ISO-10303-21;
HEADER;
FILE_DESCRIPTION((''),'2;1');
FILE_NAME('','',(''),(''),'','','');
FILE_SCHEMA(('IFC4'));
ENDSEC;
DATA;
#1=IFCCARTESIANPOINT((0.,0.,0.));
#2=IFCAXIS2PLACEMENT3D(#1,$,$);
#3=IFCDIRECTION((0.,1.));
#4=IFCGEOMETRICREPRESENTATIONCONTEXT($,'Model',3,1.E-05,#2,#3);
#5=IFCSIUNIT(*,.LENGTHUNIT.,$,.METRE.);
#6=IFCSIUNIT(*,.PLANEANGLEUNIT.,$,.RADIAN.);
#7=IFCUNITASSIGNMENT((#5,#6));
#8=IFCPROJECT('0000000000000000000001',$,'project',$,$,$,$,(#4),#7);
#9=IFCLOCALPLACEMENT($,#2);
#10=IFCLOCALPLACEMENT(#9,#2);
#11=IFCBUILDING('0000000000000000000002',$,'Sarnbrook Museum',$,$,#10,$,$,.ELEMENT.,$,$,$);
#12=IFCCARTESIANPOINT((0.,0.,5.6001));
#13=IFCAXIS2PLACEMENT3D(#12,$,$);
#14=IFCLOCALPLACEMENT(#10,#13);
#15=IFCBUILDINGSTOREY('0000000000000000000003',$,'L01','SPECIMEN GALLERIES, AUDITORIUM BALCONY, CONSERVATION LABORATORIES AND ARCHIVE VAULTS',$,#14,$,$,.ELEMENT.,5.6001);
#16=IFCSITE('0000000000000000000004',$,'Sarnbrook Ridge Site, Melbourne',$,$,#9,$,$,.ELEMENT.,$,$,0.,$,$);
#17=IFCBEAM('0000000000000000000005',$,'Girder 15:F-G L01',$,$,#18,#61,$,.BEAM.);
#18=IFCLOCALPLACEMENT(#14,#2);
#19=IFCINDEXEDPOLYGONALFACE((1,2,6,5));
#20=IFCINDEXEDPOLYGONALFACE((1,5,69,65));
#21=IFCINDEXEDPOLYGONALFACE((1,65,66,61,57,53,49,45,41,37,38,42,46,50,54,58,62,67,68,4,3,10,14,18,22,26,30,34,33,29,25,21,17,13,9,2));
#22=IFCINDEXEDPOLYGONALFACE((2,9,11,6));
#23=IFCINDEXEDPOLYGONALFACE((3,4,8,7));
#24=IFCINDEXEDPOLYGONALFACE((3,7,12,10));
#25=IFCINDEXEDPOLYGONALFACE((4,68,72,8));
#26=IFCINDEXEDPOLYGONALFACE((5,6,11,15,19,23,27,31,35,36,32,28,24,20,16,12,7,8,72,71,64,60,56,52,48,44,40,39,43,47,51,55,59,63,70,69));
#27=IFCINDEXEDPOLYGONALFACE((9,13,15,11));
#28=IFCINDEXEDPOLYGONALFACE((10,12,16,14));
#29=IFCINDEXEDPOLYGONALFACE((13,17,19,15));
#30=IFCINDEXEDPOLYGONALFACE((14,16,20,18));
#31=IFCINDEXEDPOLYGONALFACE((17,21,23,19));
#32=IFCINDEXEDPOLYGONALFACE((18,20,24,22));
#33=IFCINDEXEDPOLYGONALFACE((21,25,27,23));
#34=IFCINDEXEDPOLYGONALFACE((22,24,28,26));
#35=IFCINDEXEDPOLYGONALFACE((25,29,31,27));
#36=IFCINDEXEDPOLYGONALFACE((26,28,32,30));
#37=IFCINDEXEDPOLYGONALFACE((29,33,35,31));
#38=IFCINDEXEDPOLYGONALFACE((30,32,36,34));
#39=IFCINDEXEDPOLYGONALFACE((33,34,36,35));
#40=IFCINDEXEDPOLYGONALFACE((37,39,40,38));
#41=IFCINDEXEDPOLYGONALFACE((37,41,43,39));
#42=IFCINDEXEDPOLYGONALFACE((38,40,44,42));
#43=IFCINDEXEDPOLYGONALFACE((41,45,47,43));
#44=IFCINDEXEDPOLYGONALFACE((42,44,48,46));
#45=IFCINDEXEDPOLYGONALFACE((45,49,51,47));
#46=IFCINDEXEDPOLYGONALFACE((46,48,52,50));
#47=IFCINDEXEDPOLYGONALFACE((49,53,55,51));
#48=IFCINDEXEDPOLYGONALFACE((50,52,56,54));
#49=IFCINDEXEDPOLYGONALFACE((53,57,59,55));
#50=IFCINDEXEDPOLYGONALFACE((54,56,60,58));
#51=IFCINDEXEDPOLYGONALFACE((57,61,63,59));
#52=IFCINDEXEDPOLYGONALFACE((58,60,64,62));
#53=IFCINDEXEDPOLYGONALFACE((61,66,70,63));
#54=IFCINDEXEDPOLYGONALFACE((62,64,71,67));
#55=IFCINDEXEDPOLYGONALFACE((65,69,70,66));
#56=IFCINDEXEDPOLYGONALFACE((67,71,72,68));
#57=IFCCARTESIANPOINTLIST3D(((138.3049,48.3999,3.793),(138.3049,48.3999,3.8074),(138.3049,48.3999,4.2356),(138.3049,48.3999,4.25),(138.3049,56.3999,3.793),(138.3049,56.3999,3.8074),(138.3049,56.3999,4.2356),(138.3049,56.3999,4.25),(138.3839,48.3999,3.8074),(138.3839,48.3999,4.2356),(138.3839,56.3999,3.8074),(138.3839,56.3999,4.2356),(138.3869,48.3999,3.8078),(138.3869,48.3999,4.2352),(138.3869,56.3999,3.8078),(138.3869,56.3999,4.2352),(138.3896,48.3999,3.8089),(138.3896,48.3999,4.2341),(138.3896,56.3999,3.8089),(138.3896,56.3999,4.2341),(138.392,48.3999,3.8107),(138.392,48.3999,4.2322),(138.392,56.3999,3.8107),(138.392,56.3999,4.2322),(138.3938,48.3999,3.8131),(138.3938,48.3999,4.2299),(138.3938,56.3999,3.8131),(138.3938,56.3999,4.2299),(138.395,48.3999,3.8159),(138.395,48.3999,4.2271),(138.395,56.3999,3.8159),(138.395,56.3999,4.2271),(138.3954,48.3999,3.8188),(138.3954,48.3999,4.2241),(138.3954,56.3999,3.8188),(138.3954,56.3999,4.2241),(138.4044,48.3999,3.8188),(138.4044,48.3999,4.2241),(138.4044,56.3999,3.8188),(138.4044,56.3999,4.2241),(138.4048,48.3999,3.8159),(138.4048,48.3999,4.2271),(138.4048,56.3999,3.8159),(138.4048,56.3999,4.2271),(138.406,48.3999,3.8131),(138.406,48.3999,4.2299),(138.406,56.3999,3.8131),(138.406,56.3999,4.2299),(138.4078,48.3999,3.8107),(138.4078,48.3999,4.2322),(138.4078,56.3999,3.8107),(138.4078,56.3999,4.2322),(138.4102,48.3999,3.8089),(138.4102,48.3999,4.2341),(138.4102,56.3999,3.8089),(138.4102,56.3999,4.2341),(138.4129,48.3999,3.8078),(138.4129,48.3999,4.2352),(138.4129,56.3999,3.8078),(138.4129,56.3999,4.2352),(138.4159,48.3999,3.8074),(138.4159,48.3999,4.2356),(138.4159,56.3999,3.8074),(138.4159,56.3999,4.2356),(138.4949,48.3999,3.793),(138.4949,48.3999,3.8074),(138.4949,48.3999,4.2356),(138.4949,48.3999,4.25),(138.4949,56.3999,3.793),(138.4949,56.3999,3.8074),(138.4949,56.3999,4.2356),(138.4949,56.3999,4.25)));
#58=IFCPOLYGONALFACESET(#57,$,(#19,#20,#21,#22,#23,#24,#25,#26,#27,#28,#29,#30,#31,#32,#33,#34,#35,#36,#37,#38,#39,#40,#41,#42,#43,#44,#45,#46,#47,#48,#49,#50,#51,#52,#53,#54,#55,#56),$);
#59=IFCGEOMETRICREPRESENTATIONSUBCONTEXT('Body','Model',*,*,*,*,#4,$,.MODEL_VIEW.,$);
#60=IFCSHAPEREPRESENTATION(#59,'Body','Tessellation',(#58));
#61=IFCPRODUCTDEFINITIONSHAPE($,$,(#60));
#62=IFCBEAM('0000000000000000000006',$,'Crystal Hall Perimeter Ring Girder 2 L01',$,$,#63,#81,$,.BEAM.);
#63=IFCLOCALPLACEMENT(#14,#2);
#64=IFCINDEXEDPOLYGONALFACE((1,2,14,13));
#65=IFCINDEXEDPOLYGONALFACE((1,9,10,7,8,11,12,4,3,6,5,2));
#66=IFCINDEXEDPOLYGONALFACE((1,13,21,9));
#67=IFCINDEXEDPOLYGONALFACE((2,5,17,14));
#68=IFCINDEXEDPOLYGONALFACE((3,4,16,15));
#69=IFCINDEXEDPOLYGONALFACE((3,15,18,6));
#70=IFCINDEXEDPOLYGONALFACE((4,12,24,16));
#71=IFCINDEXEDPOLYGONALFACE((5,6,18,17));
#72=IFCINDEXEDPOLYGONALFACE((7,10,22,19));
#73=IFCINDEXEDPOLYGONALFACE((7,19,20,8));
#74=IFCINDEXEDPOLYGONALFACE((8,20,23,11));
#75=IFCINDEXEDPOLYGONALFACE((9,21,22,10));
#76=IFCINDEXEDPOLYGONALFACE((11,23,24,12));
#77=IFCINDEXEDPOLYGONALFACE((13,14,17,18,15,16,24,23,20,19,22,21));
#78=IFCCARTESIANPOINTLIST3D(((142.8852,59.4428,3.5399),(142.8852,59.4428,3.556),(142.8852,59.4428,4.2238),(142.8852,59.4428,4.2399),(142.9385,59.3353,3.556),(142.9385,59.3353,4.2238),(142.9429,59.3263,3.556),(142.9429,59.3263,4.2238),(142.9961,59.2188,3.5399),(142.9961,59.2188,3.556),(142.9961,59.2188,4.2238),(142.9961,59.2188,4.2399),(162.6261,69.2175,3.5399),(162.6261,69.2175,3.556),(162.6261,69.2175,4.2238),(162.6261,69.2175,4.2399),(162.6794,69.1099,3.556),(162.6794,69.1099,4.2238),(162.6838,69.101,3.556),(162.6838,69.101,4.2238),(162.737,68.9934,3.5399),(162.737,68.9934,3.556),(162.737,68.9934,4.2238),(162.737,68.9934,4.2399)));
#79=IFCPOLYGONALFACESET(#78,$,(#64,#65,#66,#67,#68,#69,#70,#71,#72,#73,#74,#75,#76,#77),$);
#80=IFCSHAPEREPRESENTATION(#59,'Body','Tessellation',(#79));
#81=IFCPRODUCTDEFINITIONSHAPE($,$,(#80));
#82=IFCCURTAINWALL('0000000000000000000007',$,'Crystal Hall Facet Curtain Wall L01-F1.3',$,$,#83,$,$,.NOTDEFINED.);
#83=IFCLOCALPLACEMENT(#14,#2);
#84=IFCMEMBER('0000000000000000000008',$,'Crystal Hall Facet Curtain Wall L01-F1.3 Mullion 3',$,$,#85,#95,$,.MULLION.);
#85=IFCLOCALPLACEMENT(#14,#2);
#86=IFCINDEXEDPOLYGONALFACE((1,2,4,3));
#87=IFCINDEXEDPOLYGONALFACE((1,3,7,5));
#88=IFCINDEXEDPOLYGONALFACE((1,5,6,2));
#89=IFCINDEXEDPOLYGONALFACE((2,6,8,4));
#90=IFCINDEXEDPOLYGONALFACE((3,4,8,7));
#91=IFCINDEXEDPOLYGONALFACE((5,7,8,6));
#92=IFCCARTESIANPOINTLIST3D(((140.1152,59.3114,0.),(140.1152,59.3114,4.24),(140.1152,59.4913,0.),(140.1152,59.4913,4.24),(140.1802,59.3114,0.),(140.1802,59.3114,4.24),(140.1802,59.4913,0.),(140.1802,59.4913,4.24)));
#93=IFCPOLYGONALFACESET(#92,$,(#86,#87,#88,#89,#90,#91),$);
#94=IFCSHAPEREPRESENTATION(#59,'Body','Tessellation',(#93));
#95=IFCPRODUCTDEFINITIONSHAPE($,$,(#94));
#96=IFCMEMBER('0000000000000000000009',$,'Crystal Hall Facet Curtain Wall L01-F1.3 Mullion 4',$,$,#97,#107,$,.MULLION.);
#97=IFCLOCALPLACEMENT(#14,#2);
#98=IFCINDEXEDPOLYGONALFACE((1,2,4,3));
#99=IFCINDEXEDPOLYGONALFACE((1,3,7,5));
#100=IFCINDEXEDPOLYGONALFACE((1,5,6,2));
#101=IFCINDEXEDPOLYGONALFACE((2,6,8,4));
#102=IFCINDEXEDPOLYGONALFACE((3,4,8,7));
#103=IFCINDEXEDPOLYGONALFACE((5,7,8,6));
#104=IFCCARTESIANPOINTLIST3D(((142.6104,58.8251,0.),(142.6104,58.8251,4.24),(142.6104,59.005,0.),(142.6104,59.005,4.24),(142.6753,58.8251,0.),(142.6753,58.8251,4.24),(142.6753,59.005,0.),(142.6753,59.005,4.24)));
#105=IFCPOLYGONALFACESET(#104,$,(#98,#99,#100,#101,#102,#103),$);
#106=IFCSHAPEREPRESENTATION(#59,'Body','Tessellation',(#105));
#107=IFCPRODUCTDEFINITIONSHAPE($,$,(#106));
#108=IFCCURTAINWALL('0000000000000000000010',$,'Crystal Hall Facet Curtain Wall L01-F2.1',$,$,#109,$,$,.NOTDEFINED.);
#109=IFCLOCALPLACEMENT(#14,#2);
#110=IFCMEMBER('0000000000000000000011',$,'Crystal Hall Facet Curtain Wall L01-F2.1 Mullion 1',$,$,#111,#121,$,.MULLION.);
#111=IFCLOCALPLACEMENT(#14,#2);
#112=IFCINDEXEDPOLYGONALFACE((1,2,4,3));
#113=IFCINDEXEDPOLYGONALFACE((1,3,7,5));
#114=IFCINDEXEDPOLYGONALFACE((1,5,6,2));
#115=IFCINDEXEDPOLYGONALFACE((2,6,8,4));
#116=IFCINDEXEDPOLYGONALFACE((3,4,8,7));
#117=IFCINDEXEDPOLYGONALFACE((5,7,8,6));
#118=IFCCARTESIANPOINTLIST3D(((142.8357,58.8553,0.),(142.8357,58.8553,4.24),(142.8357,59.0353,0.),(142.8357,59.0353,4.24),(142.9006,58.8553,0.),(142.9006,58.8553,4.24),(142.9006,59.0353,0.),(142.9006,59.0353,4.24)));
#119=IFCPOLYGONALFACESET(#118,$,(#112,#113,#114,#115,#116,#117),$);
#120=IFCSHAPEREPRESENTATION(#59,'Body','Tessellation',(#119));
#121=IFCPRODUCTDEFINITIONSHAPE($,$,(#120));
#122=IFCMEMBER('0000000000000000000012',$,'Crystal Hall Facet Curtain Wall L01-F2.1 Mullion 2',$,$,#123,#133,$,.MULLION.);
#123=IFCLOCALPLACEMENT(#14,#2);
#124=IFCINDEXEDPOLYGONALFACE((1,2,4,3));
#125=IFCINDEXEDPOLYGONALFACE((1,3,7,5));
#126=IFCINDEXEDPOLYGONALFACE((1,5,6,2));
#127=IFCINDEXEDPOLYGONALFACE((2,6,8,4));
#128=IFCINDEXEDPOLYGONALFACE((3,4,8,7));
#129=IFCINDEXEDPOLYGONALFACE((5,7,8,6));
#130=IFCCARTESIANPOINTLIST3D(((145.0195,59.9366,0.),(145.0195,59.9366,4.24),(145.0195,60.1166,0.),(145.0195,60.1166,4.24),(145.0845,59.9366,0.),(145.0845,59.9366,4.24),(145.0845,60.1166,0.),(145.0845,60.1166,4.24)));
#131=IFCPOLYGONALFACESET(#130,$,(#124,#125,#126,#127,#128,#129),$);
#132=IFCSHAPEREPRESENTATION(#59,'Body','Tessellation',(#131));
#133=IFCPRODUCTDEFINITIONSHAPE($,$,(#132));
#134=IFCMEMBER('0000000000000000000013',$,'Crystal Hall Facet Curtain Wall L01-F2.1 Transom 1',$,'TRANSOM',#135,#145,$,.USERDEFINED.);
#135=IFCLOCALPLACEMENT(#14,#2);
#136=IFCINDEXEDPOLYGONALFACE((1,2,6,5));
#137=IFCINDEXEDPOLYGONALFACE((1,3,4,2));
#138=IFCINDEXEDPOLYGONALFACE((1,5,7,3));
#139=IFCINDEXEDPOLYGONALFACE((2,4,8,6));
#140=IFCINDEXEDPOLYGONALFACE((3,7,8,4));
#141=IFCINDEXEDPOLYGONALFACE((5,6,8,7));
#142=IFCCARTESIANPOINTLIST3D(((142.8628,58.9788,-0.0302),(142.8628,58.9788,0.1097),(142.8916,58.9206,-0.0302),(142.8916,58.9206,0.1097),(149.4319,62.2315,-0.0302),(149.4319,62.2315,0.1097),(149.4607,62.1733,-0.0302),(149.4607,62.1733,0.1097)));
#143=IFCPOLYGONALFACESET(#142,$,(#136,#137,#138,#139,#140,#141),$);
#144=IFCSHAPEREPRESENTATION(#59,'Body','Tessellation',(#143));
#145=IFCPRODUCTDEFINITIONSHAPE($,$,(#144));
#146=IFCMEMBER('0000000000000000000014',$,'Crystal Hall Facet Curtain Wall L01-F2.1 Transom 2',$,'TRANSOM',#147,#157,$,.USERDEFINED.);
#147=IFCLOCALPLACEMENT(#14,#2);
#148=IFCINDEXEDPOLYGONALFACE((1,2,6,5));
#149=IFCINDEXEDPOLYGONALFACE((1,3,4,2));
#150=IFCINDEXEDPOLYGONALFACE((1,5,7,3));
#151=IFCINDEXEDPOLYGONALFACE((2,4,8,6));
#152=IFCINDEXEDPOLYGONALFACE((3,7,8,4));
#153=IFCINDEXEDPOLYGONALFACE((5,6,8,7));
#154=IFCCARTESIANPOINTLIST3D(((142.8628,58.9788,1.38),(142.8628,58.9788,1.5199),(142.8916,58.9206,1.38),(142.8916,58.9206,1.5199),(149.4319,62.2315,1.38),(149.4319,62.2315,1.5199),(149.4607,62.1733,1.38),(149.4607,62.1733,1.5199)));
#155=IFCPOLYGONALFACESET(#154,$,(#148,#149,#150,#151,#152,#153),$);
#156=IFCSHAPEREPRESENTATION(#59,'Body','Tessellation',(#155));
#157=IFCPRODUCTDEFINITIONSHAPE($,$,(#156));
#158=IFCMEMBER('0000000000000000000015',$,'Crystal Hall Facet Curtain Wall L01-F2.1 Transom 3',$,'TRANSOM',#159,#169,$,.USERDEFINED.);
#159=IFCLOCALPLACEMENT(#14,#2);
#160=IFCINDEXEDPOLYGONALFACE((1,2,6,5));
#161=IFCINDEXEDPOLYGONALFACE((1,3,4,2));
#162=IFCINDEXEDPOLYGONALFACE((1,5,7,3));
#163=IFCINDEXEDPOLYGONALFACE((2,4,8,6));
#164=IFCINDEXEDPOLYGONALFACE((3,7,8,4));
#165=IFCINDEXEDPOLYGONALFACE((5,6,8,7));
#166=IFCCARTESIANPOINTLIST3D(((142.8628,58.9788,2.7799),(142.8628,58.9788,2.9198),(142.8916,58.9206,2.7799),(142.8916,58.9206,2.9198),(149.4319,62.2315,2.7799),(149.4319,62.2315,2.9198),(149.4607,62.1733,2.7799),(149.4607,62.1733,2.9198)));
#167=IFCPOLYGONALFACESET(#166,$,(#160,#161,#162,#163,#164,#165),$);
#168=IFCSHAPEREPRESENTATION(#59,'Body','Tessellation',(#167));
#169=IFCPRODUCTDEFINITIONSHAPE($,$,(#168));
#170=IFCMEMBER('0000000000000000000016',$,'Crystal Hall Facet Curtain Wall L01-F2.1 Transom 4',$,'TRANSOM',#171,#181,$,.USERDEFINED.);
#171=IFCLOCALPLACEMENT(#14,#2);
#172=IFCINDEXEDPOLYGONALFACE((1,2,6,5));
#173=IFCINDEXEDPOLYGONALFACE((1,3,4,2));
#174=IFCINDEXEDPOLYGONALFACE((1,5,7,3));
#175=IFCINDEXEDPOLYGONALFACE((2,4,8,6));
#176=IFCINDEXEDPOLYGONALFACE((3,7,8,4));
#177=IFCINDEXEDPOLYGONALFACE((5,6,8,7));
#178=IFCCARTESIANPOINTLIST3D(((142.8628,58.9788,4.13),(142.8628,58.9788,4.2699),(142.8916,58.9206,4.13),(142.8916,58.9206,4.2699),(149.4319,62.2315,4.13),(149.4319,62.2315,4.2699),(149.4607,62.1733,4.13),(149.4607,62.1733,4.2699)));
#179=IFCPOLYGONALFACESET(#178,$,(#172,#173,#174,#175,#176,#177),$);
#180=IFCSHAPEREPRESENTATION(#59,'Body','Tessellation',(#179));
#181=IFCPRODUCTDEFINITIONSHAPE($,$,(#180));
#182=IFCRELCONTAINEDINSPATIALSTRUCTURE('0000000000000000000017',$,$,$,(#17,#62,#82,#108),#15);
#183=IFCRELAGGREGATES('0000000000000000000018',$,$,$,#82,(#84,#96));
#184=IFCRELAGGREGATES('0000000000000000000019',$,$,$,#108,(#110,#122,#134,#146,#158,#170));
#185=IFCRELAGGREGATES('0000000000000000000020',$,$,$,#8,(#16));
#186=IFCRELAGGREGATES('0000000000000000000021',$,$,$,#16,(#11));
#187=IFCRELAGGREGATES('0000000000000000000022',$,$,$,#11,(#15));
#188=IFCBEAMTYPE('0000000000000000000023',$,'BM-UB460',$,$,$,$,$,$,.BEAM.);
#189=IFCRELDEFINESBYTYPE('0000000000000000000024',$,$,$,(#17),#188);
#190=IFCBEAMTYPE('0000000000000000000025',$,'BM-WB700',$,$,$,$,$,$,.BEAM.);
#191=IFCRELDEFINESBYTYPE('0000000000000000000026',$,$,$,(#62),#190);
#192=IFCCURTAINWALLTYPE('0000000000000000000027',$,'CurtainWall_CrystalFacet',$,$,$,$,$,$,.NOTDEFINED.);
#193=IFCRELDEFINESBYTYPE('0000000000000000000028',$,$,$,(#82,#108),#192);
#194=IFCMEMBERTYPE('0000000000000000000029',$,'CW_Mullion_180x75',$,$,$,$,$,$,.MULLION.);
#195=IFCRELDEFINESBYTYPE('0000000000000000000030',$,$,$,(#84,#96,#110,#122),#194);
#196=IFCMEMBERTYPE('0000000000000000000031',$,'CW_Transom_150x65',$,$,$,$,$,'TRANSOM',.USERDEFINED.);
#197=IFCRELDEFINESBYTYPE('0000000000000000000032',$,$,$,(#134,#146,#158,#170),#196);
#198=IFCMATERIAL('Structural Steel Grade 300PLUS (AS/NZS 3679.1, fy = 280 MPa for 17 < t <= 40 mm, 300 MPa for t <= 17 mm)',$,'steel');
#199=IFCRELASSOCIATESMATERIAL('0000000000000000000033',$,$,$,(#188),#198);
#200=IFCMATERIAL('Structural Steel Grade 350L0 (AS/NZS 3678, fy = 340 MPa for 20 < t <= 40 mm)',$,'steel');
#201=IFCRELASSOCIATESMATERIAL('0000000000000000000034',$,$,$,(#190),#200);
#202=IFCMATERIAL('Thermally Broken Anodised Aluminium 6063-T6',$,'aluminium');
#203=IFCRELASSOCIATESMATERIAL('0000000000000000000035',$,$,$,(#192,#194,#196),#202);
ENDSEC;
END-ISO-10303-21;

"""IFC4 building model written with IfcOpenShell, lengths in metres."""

from ifc_helpers import new_model, si_unit, direction, frame, origin, origin_2d, place, context, subcontext, project, spatial, rectangle, i_section, extrude, material, material_profile, profile_set, type_object, element, aggregate, save


model = new_model("IFC4")

# Units and contexts
model_context = context("Model", 3, precision=1e-05, world=origin(), true_north=direction((0.0, 1.0)))
body_context = subcontext(model_context, "Body", "Model", "MODEL_VIEW")
ifc_project = project(units=[si_unit("LENGTHUNIT", "METRE"), si_unit("PLANEANGLEUNIT", "RADIAN")], contexts=[model_context])

# Site, building, storey
site_placement = place(None, origin())
site = spatial("IfcSite", under=ifc_project, at=site_placement, Name="Sarnbrook Ridge Site, Melbourne", CompositionType="ELEMENT", RefElevation=0.0)
building_placement = place(site_placement, origin())
building = spatial("IfcBuilding", under=site, at=building_placement, Name="Sarnbrook Museum", CompositionType="ELEMENT")
storey_placement = place(building_placement, frame((0.0, 0.0, 5.6001)))
storey = spatial("IfcBuildingStorey", under=building, at=storey_placement, Name="L01", Description="SPECIMEN GALLERIES, AUDITORIUM BALCONY, CONSERVATION LABORATORIES AND ARCHIVE VAULTS", CompositionType="ELEMENT", Elevation=5.6001)

# Shared definitions
ifc_material_1 = material(Name="Structural Steel Grade 350L0 (AS/NZS 3678, fy = 340 MPa for 20 < t <= 40 mm)", Category="steel")

# Beams
ifc_material_2 = material(Name="Structural Steel Grade 300PLUS (AS/NZS 3679.1, fy = 280 MPa for 17 < t <= 40 mm, 300 MPa for t <= 17 mm)", Category="steel")
ifc_material_profile_1 = material_profile(ifc_material_2, i_section(OverallWidth=0.1899, OverallDepth=0.457, WebThickness=0.009, FlangeThickness=0.0144, FilletRadius=0.0115, at=origin_2d()), Name="460UB74.6")
ifc_profile_set_1 = profile_set([ifc_material_profile_1], Name="Structural Steel Grade 300PLUS (AS/NZS 3679.1, fy = 280 MPa for 17 < t <= 40 mm, 300 MPa for t <= 17 mm)")
beam_type_1 = type_object("IfcBeamType", Name="BM-UB460", PredefinedType="BEAM", material=ifc_profile_set_1)
for number, where, z_axis, x_axis, name in (
    (1, (138.3999, 48.3999, 4.0215), (0.0, 1.0, 0.0), (-1.0, 0.0, 0.0), "Girder 15:F-G L01"),
):
    element("IfcBeam", number, at=place(storey_placement, frame(where, z_axis=z_axis, x_axis=x_axis)), inside=storey, type_object=beam_type_1, Name=name, PredefinedType="BEAM", context=body_context, shape_type="SweptSolid", body=[
        extrude(i_section(OverallWidth=0.1899, OverallDepth=0.457, WebThickness=0.009, FlangeThickness=0.0144, FilletRadius=0.0115, at=origin_2d()), origin(), (0.0, 0.0, 1.0), 8.0),
    ])
ifc_material_profile_2 = material_profile(ifc_material_1, i_section(OverallWidth=0.25, OverallDepth=0.7, WebThickness=0.01, FlangeThickness=0.0161, at=origin_2d()), Name="700WB130")
ifc_profile_set_2 = profile_set([ifc_material_profile_2], Name="Structural Steel Grade 350L0 (AS/NZS 3678, fy = 340 MPa for 20 < t <= 40 mm)")
beam_type_2 = type_object("IfcBeamType", Name="BM-WB700", PredefinedType="BEAM", material=ifc_profile_set_2)
beam_placement = place(storey_placement, frame((142.9407, 59.3308, 3.8899), z_axis=(0.89616, 0.44373, 0.0), x_axis=(-0.44373, 0.89616, 0.0)))
element("IfcBeam", 2, at=beam_placement, inside=storey, type_object=beam_type_2, Name="Crystal Hall Perimeter Ring Girder 2 L01", PredefinedType="BEAM", context=body_context, shape_type="SweptSolid", body=[
    extrude(i_section(OverallWidth=0.25, OverallDepth=0.7, WebThickness=0.01, FlangeThickness=0.0161, at=origin_2d()), origin(), (0.0, 0.0, 1.0), 22.0283),
])

# Curtain walls, members
ifc_material_3 = material(Name="Thermally Broken Anodised Aluminium 6063-T6", Category="aluminium")
curtain_wall_type = type_object("IfcCurtainWallType", Name="CurtainWall_CrystalFacet", PredefinedType="NOTDEFINED", material=ifc_material_3)
curtain_wall_1_placement = place(storey_placement, origin())
curtain_wall_1 = element("IfcCurtainWall", 3, at=curtain_wall_1_placement, inside=storey, type_object=curtain_wall_type, Name="Crystal Hall Facet Curtain Wall L01-F1.3", PredefinedType="NOTDEFINED")
ifc_material_profile_3 = material_profile(ifc_material_3, rectangle(XDim=0.0649, YDim=0.1799, at=origin_2d()), Name="ALU MULLION 65x180")
ifc_profile_set_3 = profile_set([ifc_material_profile_3], Name="Thermally Broken Anodised Aluminium 6063-T6")
member_type_1 = type_object("IfcMemberType", Name="CW_Mullion_180x75", PredefinedType="MULLION", material=ifc_profile_set_3)
member_1_placement = place(storey_placement, frame((140.1477, 59.4014, 0.0), z_axis=(0.0, 0.0, 1.0), x_axis=(1.0, 0.0, 0.0)))
member_1 = element("IfcMember", 4, at=member_1_placement, type_object=member_type_1, Name="Crystal Hall Facet Curtain Wall L01-F1.3 Mullion 3", PredefinedType="MULLION", context=body_context, shape_type="SweptSolid", body=[
    extrude(rectangle(XDim=0.0649, YDim=0.1799, at=origin_2d()), origin(), (0.0, 0.0, 1.0), 4.24),
])
member_2_placement = place(storey_placement, frame((142.6428, 58.915, 0.0), z_axis=(0.0, 0.0, 1.0), x_axis=(1.0, 0.0, 0.0)))
member_2 = element("IfcMember", 5, at=member_2_placement, type_object=member_type_1, Name="Crystal Hall Facet Curtain Wall L01-F1.3 Mullion 4", PredefinedType="MULLION", context=body_context, shape_type="SweptSolid", body=[
    extrude(rectangle(XDim=0.0649, YDim=0.1799, at=origin_2d()), origin(), (0.0, 0.0, 1.0), 4.24),
])
curtain_wall_2_placement = place(storey_placement, origin())
curtain_wall_2 = element("IfcCurtainWall", 6, at=curtain_wall_2_placement, inside=storey, type_object=curtain_wall_type, Name="Crystal Hall Facet Curtain Wall L01-F2.1", PredefinedType="NOTDEFINED")
member_3_placement = place(storey_placement, frame((142.8682, 58.9453, 0.0), z_axis=(0.0, 0.0, 1.0), x_axis=(1.0, 0.0, 0.0)))
member_3 = element("IfcMember", 7, at=member_3_placement, type_object=member_type_1, Name="Crystal Hall Facet Curtain Wall L01-F2.1 Mullion 1", PredefinedType="MULLION", context=body_context, shape_type="SweptSolid", body=[
    extrude(rectangle(XDim=0.0649, YDim=0.1799, at=origin_2d()), origin(), (0.0, 0.0, 1.0), 4.24),
])
member_4_placement = place(storey_placement, frame((145.052, 60.0266, 0.0), z_axis=(0.0, 0.0, 1.0), x_axis=(1.0, 0.0, 0.0)))
member_4 = element("IfcMember", 8, at=member_4_placement, type_object=member_type_1, Name="Crystal Hall Facet Curtain Wall L01-F2.1 Mullion 2", PredefinedType="MULLION", context=body_context, shape_type="SweptSolid", body=[
    extrude(rectangle(XDim=0.0649, YDim=0.1799, at=origin_2d()), origin(), (0.0, 0.0, 1.0), 4.24),
])
ifc_material_profile_4 = material_profile(ifc_material_3, rectangle(XDim=0.0649, YDim=0.1399, at=origin_2d()), Name="ALU TRANSOM 65x140")
ifc_profile_set_4 = profile_set([ifc_material_profile_4], Name="Thermally Broken Anodised Aluminium 6063-T6")
member_type_2 = type_object("IfcMemberType", Name="CW_Transom_150x65", ElementType="TRANSOM", PredefinedType="USERDEFINED", material=ifc_profile_set_4)
member_5_placement = place(storey_placement, frame((142.8772, 58.9497, 0.0398), z_axis=(0.896159, 0.443733, 0.0), x_axis=(-0.443733, 0.896159, 0.0)))
member_5 = element("IfcMember", 9, at=member_5_placement, type_object=member_type_2, Name="Crystal Hall Facet Curtain Wall L01-F2.1 Transom 1", ObjectType="TRANSOM", PredefinedType="USERDEFINED", context=body_context, shape_type="SweptSolid", body=[
    extrude(rectangle(XDim=0.0649, YDim=0.1399, at=origin_2d()), origin(), (0.0, 0.0, 1.0), 7.3303),
])
member_6_placement = place(storey_placement, frame((142.8772, 58.9497, 1.45), z_axis=(0.896159, 0.443733, 0.0), x_axis=(-0.443733, 0.896159, 0.0)))
member_6 = element("IfcMember", 10, at=member_6_placement, type_object=member_type_2, Name="Crystal Hall Facet Curtain Wall L01-F2.1 Transom 2", ObjectType="TRANSOM", PredefinedType="USERDEFINED", context=body_context, shape_type="SweptSolid", body=[
    extrude(rectangle(XDim=0.0649, YDim=0.1399, at=origin_2d()), origin(), (0.0, 0.0, 1.0), 7.3303),
])
member_7_placement = place(storey_placement, frame((142.8772, 58.9497, 2.8499), z_axis=(0.896159, 0.443733, 0.0), x_axis=(-0.443733, 0.896159, 0.0)))
member_7 = element("IfcMember", 11, at=member_7_placement, type_object=member_type_2, Name="Crystal Hall Facet Curtain Wall L01-F2.1 Transom 3", ObjectType="TRANSOM", PredefinedType="USERDEFINED", context=body_context, shape_type="SweptSolid", body=[
    extrude(rectangle(XDim=0.0649, YDim=0.1399, at=origin_2d()), origin(), (0.0, 0.0, 1.0), 7.3303),
])
member_8_placement = place(storey_placement, frame((142.8772, 58.9497, 4.2), z_axis=(0.896159, 0.443733, 0.0), x_axis=(-0.443733, 0.896159, 0.0)))
member_8 = element("IfcMember", 12, at=member_8_placement, type_object=member_type_2, Name="Crystal Hall Facet Curtain Wall L01-F2.1 Transom 4", ObjectType="TRANSOM", PredefinedType="USERDEFINED", context=body_context, shape_type="SweptSolid", body=[
    extrude(rectangle(XDim=0.0649, YDim=0.1399, at=origin_2d()), origin(), (0.0, 0.0, 1.0), 7.3303),
])

aggregate(curtain_wall_1, [member_1, member_2])
aggregate(curtain_wall_2, [member_3, member_4, member_5, member_6, member_7, member_8])

save(model, "model.ifc")
